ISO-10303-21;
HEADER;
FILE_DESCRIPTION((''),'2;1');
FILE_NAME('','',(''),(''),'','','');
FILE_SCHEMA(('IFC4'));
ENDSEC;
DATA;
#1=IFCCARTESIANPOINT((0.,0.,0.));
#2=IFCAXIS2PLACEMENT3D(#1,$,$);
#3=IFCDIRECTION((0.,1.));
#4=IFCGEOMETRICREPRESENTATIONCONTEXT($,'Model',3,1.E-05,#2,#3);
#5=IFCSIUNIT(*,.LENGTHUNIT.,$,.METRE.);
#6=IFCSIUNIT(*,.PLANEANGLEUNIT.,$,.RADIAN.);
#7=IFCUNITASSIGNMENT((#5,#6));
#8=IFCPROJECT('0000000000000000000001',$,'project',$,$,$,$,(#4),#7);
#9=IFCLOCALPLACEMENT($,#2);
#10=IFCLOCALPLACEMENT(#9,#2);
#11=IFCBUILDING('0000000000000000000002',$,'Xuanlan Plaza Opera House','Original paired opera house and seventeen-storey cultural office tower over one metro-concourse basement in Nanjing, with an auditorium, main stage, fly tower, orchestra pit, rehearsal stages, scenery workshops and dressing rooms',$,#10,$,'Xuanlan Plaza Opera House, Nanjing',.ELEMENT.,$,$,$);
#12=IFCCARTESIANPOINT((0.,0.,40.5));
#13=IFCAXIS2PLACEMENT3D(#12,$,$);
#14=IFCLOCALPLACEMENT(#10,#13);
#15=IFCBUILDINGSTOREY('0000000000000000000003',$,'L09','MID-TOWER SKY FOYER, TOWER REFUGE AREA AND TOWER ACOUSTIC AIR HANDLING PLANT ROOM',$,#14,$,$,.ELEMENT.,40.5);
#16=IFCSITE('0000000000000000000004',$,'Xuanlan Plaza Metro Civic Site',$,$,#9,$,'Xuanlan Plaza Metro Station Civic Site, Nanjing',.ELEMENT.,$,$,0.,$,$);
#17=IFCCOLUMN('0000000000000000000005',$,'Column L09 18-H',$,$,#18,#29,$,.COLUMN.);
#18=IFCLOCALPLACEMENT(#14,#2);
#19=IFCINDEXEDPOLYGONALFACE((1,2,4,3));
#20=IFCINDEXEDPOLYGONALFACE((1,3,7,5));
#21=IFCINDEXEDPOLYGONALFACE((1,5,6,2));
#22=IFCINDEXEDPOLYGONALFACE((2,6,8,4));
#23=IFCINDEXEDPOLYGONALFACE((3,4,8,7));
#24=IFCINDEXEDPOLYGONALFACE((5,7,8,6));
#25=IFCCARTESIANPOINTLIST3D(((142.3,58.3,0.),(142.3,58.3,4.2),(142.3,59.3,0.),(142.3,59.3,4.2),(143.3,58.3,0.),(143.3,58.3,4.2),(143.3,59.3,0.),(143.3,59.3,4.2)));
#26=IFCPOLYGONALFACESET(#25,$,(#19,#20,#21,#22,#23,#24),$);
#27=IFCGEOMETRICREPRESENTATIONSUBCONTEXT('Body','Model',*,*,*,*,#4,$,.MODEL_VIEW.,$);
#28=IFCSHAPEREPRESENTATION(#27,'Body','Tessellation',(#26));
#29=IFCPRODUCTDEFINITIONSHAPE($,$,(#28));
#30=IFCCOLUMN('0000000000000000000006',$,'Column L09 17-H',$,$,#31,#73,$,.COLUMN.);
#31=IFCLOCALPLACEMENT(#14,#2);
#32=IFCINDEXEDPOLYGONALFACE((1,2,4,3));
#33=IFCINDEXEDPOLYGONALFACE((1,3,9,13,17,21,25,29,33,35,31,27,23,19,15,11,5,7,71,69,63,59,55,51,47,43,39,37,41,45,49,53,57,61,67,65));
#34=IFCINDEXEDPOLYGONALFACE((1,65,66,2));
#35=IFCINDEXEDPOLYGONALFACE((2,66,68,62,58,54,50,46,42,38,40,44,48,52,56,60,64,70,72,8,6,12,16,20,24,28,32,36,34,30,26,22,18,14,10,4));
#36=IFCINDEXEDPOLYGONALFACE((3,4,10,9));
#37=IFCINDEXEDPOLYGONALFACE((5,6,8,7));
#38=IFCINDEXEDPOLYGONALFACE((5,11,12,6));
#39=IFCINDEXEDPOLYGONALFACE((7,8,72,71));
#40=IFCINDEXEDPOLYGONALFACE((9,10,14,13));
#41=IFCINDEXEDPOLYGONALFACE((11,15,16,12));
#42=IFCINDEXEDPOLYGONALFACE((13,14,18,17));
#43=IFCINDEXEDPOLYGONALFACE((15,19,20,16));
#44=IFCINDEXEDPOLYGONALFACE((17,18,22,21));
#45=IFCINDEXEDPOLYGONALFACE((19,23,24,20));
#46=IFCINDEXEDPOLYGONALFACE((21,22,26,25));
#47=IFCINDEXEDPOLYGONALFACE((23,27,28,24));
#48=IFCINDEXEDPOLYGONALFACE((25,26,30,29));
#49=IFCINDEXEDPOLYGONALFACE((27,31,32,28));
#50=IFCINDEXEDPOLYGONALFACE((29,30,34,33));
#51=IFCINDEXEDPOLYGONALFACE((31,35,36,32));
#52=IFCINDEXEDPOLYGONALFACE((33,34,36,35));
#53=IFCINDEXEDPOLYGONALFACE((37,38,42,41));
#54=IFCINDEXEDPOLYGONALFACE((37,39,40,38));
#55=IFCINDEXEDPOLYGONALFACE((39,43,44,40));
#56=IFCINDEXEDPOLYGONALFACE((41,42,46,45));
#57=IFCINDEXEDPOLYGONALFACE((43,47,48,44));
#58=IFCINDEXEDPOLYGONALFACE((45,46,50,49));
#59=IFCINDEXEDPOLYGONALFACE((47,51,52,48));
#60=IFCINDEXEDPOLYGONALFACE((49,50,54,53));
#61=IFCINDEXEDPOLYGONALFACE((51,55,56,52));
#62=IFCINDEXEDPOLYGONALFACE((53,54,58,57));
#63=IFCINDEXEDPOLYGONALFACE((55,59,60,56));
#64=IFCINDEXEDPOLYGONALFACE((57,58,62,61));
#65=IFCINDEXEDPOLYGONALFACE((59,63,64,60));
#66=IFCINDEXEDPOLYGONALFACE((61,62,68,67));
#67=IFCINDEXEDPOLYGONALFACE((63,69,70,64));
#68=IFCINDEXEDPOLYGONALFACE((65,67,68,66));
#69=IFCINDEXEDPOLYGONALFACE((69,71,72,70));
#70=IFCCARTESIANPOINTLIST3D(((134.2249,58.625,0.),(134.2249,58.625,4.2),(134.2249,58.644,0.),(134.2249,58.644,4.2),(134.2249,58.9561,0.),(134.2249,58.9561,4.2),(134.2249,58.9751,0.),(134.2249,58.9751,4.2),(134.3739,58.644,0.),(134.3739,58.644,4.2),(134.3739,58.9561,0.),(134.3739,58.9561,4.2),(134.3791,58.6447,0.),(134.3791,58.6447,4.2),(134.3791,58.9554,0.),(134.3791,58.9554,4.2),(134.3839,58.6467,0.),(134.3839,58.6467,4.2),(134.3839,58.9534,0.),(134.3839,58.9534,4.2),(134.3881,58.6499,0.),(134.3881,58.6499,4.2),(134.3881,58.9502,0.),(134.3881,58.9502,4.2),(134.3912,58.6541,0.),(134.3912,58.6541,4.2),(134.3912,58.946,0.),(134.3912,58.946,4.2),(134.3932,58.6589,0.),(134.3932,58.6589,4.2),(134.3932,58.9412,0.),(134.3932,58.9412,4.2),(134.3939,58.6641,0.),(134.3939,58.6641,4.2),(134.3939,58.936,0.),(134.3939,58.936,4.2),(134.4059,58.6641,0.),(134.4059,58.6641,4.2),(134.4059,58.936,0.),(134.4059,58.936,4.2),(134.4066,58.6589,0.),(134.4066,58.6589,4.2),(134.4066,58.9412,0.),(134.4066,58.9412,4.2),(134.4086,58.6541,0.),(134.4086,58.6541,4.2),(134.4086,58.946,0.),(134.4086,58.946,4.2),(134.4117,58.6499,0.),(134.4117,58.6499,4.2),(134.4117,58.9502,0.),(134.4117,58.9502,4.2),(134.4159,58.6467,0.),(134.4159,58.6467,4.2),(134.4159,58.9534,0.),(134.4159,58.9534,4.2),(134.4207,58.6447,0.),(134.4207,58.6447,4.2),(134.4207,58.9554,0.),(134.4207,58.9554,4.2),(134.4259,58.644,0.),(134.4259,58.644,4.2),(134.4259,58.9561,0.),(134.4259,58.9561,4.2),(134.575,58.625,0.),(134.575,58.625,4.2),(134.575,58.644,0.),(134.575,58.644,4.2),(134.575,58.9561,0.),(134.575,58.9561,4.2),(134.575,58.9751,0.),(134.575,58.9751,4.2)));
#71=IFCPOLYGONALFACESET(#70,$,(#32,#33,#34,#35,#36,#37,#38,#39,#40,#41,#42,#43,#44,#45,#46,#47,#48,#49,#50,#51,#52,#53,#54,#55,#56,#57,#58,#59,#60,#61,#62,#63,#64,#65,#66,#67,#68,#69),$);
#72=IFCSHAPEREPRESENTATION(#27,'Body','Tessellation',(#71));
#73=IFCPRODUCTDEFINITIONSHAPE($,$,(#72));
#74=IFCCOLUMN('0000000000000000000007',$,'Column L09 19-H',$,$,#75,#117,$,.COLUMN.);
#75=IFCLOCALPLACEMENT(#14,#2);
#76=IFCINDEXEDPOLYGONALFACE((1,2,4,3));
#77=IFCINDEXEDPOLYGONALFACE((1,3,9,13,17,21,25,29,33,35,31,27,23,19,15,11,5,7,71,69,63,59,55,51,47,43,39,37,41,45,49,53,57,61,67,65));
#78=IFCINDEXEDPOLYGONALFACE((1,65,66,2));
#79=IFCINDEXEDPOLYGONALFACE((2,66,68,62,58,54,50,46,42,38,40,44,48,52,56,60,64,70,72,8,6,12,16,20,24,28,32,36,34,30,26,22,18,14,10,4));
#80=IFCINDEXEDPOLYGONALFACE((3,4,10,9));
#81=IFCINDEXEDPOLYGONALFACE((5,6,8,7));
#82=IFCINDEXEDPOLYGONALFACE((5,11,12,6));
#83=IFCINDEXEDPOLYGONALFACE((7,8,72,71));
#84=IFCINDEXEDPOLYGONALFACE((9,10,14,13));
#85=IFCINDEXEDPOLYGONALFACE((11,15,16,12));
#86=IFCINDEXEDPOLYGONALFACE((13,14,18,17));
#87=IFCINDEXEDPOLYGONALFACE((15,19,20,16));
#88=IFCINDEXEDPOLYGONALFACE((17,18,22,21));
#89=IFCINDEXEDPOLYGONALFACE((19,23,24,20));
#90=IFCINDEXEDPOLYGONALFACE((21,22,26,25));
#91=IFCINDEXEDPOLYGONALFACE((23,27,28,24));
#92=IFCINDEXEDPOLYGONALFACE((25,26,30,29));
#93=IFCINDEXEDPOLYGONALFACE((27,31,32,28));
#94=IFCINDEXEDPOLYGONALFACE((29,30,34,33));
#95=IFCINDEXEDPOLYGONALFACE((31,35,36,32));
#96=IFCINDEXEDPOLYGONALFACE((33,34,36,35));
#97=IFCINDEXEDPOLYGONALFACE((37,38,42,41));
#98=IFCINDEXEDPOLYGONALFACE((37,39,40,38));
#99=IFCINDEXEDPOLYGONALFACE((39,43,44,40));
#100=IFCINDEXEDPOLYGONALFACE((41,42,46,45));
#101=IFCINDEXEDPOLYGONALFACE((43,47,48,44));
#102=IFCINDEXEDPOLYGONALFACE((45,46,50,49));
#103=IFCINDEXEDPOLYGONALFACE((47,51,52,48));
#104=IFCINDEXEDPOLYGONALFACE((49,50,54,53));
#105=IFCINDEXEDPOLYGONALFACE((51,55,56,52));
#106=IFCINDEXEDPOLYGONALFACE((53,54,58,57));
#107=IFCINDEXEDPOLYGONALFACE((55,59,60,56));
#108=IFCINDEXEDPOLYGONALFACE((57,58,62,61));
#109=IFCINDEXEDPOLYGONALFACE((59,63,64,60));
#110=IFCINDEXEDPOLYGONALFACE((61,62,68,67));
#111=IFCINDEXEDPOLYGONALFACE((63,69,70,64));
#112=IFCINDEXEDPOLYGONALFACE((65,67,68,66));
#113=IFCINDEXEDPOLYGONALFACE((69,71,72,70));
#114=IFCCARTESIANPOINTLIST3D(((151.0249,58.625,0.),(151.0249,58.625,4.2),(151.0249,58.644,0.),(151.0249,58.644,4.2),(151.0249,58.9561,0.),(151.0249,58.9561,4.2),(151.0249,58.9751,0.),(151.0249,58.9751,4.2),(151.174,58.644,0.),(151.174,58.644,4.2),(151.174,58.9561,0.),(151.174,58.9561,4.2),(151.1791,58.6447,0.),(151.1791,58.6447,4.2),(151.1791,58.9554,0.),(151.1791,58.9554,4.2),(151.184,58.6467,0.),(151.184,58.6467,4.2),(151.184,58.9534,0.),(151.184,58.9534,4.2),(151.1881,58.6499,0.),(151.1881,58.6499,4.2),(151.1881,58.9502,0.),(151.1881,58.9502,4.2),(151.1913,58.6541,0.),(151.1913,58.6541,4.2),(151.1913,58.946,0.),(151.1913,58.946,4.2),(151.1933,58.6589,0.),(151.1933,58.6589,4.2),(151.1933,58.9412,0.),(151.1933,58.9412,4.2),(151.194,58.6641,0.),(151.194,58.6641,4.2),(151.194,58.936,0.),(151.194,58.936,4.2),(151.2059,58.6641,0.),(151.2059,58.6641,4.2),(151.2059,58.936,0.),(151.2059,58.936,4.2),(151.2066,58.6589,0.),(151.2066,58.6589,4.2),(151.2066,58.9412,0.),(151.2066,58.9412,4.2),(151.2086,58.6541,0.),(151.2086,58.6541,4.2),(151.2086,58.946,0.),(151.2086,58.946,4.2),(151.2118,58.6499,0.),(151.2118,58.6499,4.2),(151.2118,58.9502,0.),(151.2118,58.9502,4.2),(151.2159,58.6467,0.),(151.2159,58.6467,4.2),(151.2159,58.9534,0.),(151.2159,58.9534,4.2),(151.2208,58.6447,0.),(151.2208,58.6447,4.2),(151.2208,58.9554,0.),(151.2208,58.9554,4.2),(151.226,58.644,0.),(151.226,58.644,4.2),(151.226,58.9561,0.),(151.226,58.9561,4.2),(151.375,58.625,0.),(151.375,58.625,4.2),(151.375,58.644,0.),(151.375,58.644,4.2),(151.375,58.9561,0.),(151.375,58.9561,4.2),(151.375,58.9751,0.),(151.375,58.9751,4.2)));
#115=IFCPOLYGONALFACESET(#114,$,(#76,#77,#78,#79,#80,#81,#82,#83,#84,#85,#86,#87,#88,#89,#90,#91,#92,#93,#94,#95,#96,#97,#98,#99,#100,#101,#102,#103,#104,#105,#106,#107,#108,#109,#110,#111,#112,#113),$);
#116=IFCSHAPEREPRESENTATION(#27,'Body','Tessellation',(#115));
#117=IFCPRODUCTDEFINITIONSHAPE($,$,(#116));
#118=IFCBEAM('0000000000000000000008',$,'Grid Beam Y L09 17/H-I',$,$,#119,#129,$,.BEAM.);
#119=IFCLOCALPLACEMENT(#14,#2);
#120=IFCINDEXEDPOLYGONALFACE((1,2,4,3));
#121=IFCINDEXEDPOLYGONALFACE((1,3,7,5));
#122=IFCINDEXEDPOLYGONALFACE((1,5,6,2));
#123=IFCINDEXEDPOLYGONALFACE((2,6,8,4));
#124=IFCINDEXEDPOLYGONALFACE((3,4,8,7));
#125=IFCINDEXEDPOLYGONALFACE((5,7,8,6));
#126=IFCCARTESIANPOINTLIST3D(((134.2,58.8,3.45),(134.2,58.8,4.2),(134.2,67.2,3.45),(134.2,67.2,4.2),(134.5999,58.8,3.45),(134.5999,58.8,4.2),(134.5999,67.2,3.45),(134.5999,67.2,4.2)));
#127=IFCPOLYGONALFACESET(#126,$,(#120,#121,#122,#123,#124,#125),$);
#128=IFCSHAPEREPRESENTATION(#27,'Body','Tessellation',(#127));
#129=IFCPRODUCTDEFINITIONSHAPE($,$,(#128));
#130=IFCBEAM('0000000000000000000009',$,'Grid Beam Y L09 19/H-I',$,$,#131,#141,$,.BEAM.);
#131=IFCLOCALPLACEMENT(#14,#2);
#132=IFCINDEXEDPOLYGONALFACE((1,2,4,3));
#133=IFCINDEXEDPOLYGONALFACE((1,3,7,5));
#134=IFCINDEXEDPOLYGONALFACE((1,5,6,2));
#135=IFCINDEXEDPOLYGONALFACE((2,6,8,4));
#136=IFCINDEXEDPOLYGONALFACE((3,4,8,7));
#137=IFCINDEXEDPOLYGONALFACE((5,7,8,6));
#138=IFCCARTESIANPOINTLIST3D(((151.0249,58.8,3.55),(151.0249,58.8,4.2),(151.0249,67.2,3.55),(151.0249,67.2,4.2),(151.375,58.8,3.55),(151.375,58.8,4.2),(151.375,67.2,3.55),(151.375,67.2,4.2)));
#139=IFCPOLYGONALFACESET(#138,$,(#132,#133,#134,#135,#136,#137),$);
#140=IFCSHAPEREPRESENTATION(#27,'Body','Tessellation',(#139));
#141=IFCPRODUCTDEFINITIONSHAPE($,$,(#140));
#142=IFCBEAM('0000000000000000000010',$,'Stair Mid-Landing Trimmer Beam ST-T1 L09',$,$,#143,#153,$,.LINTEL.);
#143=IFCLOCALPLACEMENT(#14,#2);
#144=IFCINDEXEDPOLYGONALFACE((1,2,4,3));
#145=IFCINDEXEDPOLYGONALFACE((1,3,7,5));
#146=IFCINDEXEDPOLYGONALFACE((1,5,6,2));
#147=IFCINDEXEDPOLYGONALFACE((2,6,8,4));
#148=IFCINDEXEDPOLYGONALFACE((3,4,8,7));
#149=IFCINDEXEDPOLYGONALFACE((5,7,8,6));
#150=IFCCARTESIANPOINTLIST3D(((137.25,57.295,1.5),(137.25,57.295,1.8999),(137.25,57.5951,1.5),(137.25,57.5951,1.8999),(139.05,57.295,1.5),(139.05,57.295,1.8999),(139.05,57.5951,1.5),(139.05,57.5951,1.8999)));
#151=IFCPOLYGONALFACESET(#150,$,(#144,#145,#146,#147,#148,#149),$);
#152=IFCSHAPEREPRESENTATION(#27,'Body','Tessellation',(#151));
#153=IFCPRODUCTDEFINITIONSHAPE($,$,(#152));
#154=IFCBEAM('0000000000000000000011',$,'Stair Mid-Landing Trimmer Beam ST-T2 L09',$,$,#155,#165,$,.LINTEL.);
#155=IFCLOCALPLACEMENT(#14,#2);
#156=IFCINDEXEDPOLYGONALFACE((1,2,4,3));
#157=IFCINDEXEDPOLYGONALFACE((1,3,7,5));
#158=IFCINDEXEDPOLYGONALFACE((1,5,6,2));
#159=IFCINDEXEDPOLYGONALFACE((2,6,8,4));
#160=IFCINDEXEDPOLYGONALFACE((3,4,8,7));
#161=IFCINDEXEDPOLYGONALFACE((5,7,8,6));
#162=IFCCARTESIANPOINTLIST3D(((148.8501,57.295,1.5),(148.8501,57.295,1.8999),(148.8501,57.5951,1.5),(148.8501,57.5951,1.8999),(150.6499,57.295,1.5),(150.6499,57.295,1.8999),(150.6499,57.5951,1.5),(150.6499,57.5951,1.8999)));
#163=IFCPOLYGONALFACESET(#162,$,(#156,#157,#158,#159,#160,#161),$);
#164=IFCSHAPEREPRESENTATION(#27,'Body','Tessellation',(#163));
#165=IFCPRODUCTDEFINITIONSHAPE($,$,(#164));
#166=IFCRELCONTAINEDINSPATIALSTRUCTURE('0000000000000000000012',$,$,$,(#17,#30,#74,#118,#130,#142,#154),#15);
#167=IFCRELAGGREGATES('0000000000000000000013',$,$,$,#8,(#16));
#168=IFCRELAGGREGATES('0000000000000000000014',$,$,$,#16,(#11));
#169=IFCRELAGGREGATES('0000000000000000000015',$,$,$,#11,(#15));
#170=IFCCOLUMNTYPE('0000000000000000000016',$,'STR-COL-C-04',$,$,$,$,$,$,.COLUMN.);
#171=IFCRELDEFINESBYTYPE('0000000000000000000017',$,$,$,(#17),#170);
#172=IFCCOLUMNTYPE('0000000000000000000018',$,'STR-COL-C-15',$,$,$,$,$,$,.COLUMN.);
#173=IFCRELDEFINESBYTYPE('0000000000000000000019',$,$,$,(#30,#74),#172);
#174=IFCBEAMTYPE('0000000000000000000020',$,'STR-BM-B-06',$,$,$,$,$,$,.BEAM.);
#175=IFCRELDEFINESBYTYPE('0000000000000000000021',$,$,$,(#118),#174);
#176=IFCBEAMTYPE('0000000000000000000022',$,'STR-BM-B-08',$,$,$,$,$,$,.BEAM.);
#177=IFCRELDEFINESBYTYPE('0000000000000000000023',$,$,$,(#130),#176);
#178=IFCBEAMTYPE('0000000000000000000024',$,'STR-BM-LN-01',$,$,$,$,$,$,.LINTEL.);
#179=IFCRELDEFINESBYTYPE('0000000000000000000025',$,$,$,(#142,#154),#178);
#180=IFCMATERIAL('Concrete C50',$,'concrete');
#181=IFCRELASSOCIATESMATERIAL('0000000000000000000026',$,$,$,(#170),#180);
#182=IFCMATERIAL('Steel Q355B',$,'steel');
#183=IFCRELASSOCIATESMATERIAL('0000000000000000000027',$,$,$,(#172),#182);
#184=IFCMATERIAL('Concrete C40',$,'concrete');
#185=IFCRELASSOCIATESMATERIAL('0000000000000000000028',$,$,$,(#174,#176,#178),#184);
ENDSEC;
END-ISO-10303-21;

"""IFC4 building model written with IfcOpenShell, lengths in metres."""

from ifc_helpers import new_model, si_unit, direction, frame, origin, origin_2d, place, context, subcontext, project, spatial, rectangle, i_section, extrude, material, material_profile, profile_set, type_object, element, save


model = new_model("IFC4")

# Units and contexts
model_context = context("Model", 3, precision=1e-05, world=origin(), true_north=direction((0.0, 1.0)))
body_context = subcontext(model_context, "Body", "Model", "MODEL_VIEW")
ifc_project = project(units=[si_unit("LENGTHUNIT", "METRE"), si_unit("PLANEANGLEUNIT", "RADIAN")], contexts=[model_context])

# Site, building, storey
site_placement = place(None, origin())
site = spatial("IfcSite", under=ifc_project, at=site_placement, Name="Xuanlan Plaza Metro Civic Site", LongName="Xuanlan Plaza Metro Station Civic Site, Nanjing", CompositionType="ELEMENT", RefElevation=0.0)
building_placement = place(site_placement, origin())
building = spatial("IfcBuilding", under=site, at=building_placement, Name="Xuanlan Plaza Opera House", Description="Original paired opera house and seventeen-storey cultural office tower over one metro-concourse basement in Nanjing, with an auditorium, main stage, fly tower, orchestra pit, rehearsal stages, scenery workshops and dressing rooms", LongName="Xuanlan Plaza Opera House, Nanjing", CompositionType="ELEMENT")
storey_placement = place(building_placement, frame((0.0, 0.0, 40.5)))
storey = spatial("IfcBuildingStorey", under=building, at=storey_placement, Name="L09", Description="MID-TOWER SKY FOYER, TOWER REFUGE AREA AND TOWER ACOUSTIC AIR HANDLING PLANT ROOM", CompositionType="ELEMENT", Elevation=40.5)

# Columns
ifc_material_1 = material(Name="Concrete C50", Category="concrete")
ifc_material_profile_1 = material_profile(ifc_material_1, rectangle(XDim=1.0, YDim=1.0, at=origin_2d()), Name="RC-COL 1000x1000")
ifc_profile_set_1 = profile_set([ifc_material_profile_1], Name="Concrete C50")
column_type_1 = type_object("IfcColumnType", Name="STR-COL-C-04", PredefinedType="COLUMN", material=ifc_profile_set_1)
column_placement = place(storey_placement, frame((142.8, 58.8, 0.0), z_axis=(0.0, 0.0, 1.0), x_axis=(1.0, 0.0, 0.0)))
element("IfcColumn", 1, at=column_placement, inside=storey, type_object=column_type_1, Name="Column L09 18-H", PredefinedType="COLUMN", context=body_context, shape_type="SweptSolid", body=[
    extrude(rectangle(XDim=1.0, YDim=1.0, at=origin_2d()), origin(), (0.0, 0.0, 1.0), 4.2),
])
ifc_material_2 = material(Name="Steel Q355B", Category="steel")
ifc_material_profile_2 = material_profile(ifc_material_2, i_section(OverallWidth=0.3501, OverallDepth=0.3501, WebThickness=0.012, FlangeThickness=0.019, FilletRadius=0.02, at=origin_2d()), Name="HW 350x350x12x19")
ifc_profile_set_2 = profile_set([ifc_material_profile_2], Name="Steel Q355B")
column_type_2 = type_object("IfcColumnType", Name="STR-COL-C-15", PredefinedType="COLUMN", material=ifc_profile_set_2)
for number, where, z_axis, x_axis, name in (
    (2, (134.3999, 58.8, 0.0), (0.0, 0.0, 1.0), (1.0, 0.0, 0.0), "Column L09 17-H"),
    (3, (151.2, 58.8, 0.0), (0.0, 0.0, 1.0), (1.0, 0.0, 0.0), "Column L09 19-H"),
):
    element("IfcColumn", number, at=place(storey_placement, frame(where, z_axis=z_axis, x_axis=x_axis)), inside=storey, type_object=column_type_2, Name=name, PredefinedType="COLUMN", context=body_context, shape_type="SweptSolid", body=[
        extrude(i_section(OverallWidth=0.3501, OverallDepth=0.3501, WebThickness=0.012, FlangeThickness=0.019, FilletRadius=0.02, at=origin_2d()), origin(), (0.0, 0.0, 1.0), 4.2),
    ])

# Beams
ifc_material_3 = material(Name="Concrete C40", Category="concrete")
ifc_material_profile_3 = material_profile(ifc_material_3, rectangle(XDim=0.3999, YDim=0.75, at=origin_2d()), Name="RC-BM 400x750")
ifc_profile_set_3 = profile_set([ifc_material_profile_3], Name="Concrete C40")
beam_type_1 = type_object("IfcBeamType", Name="STR-BM-B-06", PredefinedType="BEAM", material=ifc_profile_set_3)
beam_1_placement = place(storey_placement, frame((134.3999, 58.8, 3.825), z_axis=(0.0, 1.0, 0.0), x_axis=(-1.0, 0.0, 0.0)))
element("IfcBeam", 4, at=beam_1_placement, inside=storey, type_object=beam_type_1, Name="Grid Beam Y L09 17/H-I", PredefinedType="BEAM", context=body_context, shape_type="SweptSolid", body=[
    extrude(rectangle(XDim=0.3999, YDim=0.75, at=origin_2d()), origin(), (0.0, 0.0, 1.0), 8.3999),
])
ifc_material_profile_4 = material_profile(ifc_material_3, rectangle(XDim=0.3501, YDim=0.6499, at=origin_2d()), Name="RC-BM 350x650")
ifc_profile_set_4 = profile_set([ifc_material_profile_4], Name="Concrete C40")
beam_type_2 = type_object("IfcBeamType", Name="STR-BM-B-08", PredefinedType="BEAM", material=ifc_profile_set_4)
beam_2_placement = place(storey_placement, frame((151.2, 58.8, 3.875), z_axis=(0.0, 1.0, 0.0), x_axis=(-1.0, 0.0, 0.0)))
element("IfcBeam", 5, at=beam_2_placement, inside=storey, type_object=beam_type_2, Name="Grid Beam Y L09 19/H-I", PredefinedType="BEAM", context=body_context, shape_type="SweptSolid", body=[
    extrude(rectangle(XDim=0.3501, YDim=0.6499, at=origin_2d()), origin(), (0.0, 0.0, 1.0), 8.3999),
])
ifc_material_profile_5 = material_profile(ifc_material_3, rectangle(XDim=0.3, YDim=0.3999, at=origin_2d()), Name="RC-LNT 300x400")
ifc_profile_set_5 = profile_set([ifc_material_profile_5], Name="Concrete C40")
beam_type_3 = type_object("IfcBeamType", Name="STR-BM-LN-01", PredefinedType="LINTEL", material=ifc_profile_set_5)
beam_3_placement = place(storey_placement, frame((137.25, 57.4451, 1.7), z_axis=(1.0, 0.0, 0.0), x_axis=(0.0, 1.0, 0.0)))
element("IfcBeam", 6, at=beam_3_placement, inside=storey, type_object=beam_type_3, Name="Stair Mid-Landing Trimmer Beam ST-T1 L09", PredefinedType="LINTEL", context=body_context, shape_type="SweptSolid", body=[
    extrude(rectangle(XDim=0.3, YDim=0.3999, at=origin_2d()), origin(), (0.0, 0.0, 1.0), 1.8),
])
beam_4_placement = place(storey_placement, frame((148.8501, 57.4451, 1.7), z_axis=(1.0, 0.0, 0.0), x_axis=(0.0, 1.0, 0.0)))
element("IfcBeam", 7, at=beam_4_placement, inside=storey, type_object=beam_type_3, Name="Stair Mid-Landing Trimmer Beam ST-T2 L09", PredefinedType="LINTEL", context=body_context, shape_type="SweptSolid", body=[
    extrude(rectangle(XDim=0.3, YDim=0.3999, at=origin_2d()), origin(), (0.0, 0.0, 1.0), 1.7998),
])

save(model, "model.ifc")
